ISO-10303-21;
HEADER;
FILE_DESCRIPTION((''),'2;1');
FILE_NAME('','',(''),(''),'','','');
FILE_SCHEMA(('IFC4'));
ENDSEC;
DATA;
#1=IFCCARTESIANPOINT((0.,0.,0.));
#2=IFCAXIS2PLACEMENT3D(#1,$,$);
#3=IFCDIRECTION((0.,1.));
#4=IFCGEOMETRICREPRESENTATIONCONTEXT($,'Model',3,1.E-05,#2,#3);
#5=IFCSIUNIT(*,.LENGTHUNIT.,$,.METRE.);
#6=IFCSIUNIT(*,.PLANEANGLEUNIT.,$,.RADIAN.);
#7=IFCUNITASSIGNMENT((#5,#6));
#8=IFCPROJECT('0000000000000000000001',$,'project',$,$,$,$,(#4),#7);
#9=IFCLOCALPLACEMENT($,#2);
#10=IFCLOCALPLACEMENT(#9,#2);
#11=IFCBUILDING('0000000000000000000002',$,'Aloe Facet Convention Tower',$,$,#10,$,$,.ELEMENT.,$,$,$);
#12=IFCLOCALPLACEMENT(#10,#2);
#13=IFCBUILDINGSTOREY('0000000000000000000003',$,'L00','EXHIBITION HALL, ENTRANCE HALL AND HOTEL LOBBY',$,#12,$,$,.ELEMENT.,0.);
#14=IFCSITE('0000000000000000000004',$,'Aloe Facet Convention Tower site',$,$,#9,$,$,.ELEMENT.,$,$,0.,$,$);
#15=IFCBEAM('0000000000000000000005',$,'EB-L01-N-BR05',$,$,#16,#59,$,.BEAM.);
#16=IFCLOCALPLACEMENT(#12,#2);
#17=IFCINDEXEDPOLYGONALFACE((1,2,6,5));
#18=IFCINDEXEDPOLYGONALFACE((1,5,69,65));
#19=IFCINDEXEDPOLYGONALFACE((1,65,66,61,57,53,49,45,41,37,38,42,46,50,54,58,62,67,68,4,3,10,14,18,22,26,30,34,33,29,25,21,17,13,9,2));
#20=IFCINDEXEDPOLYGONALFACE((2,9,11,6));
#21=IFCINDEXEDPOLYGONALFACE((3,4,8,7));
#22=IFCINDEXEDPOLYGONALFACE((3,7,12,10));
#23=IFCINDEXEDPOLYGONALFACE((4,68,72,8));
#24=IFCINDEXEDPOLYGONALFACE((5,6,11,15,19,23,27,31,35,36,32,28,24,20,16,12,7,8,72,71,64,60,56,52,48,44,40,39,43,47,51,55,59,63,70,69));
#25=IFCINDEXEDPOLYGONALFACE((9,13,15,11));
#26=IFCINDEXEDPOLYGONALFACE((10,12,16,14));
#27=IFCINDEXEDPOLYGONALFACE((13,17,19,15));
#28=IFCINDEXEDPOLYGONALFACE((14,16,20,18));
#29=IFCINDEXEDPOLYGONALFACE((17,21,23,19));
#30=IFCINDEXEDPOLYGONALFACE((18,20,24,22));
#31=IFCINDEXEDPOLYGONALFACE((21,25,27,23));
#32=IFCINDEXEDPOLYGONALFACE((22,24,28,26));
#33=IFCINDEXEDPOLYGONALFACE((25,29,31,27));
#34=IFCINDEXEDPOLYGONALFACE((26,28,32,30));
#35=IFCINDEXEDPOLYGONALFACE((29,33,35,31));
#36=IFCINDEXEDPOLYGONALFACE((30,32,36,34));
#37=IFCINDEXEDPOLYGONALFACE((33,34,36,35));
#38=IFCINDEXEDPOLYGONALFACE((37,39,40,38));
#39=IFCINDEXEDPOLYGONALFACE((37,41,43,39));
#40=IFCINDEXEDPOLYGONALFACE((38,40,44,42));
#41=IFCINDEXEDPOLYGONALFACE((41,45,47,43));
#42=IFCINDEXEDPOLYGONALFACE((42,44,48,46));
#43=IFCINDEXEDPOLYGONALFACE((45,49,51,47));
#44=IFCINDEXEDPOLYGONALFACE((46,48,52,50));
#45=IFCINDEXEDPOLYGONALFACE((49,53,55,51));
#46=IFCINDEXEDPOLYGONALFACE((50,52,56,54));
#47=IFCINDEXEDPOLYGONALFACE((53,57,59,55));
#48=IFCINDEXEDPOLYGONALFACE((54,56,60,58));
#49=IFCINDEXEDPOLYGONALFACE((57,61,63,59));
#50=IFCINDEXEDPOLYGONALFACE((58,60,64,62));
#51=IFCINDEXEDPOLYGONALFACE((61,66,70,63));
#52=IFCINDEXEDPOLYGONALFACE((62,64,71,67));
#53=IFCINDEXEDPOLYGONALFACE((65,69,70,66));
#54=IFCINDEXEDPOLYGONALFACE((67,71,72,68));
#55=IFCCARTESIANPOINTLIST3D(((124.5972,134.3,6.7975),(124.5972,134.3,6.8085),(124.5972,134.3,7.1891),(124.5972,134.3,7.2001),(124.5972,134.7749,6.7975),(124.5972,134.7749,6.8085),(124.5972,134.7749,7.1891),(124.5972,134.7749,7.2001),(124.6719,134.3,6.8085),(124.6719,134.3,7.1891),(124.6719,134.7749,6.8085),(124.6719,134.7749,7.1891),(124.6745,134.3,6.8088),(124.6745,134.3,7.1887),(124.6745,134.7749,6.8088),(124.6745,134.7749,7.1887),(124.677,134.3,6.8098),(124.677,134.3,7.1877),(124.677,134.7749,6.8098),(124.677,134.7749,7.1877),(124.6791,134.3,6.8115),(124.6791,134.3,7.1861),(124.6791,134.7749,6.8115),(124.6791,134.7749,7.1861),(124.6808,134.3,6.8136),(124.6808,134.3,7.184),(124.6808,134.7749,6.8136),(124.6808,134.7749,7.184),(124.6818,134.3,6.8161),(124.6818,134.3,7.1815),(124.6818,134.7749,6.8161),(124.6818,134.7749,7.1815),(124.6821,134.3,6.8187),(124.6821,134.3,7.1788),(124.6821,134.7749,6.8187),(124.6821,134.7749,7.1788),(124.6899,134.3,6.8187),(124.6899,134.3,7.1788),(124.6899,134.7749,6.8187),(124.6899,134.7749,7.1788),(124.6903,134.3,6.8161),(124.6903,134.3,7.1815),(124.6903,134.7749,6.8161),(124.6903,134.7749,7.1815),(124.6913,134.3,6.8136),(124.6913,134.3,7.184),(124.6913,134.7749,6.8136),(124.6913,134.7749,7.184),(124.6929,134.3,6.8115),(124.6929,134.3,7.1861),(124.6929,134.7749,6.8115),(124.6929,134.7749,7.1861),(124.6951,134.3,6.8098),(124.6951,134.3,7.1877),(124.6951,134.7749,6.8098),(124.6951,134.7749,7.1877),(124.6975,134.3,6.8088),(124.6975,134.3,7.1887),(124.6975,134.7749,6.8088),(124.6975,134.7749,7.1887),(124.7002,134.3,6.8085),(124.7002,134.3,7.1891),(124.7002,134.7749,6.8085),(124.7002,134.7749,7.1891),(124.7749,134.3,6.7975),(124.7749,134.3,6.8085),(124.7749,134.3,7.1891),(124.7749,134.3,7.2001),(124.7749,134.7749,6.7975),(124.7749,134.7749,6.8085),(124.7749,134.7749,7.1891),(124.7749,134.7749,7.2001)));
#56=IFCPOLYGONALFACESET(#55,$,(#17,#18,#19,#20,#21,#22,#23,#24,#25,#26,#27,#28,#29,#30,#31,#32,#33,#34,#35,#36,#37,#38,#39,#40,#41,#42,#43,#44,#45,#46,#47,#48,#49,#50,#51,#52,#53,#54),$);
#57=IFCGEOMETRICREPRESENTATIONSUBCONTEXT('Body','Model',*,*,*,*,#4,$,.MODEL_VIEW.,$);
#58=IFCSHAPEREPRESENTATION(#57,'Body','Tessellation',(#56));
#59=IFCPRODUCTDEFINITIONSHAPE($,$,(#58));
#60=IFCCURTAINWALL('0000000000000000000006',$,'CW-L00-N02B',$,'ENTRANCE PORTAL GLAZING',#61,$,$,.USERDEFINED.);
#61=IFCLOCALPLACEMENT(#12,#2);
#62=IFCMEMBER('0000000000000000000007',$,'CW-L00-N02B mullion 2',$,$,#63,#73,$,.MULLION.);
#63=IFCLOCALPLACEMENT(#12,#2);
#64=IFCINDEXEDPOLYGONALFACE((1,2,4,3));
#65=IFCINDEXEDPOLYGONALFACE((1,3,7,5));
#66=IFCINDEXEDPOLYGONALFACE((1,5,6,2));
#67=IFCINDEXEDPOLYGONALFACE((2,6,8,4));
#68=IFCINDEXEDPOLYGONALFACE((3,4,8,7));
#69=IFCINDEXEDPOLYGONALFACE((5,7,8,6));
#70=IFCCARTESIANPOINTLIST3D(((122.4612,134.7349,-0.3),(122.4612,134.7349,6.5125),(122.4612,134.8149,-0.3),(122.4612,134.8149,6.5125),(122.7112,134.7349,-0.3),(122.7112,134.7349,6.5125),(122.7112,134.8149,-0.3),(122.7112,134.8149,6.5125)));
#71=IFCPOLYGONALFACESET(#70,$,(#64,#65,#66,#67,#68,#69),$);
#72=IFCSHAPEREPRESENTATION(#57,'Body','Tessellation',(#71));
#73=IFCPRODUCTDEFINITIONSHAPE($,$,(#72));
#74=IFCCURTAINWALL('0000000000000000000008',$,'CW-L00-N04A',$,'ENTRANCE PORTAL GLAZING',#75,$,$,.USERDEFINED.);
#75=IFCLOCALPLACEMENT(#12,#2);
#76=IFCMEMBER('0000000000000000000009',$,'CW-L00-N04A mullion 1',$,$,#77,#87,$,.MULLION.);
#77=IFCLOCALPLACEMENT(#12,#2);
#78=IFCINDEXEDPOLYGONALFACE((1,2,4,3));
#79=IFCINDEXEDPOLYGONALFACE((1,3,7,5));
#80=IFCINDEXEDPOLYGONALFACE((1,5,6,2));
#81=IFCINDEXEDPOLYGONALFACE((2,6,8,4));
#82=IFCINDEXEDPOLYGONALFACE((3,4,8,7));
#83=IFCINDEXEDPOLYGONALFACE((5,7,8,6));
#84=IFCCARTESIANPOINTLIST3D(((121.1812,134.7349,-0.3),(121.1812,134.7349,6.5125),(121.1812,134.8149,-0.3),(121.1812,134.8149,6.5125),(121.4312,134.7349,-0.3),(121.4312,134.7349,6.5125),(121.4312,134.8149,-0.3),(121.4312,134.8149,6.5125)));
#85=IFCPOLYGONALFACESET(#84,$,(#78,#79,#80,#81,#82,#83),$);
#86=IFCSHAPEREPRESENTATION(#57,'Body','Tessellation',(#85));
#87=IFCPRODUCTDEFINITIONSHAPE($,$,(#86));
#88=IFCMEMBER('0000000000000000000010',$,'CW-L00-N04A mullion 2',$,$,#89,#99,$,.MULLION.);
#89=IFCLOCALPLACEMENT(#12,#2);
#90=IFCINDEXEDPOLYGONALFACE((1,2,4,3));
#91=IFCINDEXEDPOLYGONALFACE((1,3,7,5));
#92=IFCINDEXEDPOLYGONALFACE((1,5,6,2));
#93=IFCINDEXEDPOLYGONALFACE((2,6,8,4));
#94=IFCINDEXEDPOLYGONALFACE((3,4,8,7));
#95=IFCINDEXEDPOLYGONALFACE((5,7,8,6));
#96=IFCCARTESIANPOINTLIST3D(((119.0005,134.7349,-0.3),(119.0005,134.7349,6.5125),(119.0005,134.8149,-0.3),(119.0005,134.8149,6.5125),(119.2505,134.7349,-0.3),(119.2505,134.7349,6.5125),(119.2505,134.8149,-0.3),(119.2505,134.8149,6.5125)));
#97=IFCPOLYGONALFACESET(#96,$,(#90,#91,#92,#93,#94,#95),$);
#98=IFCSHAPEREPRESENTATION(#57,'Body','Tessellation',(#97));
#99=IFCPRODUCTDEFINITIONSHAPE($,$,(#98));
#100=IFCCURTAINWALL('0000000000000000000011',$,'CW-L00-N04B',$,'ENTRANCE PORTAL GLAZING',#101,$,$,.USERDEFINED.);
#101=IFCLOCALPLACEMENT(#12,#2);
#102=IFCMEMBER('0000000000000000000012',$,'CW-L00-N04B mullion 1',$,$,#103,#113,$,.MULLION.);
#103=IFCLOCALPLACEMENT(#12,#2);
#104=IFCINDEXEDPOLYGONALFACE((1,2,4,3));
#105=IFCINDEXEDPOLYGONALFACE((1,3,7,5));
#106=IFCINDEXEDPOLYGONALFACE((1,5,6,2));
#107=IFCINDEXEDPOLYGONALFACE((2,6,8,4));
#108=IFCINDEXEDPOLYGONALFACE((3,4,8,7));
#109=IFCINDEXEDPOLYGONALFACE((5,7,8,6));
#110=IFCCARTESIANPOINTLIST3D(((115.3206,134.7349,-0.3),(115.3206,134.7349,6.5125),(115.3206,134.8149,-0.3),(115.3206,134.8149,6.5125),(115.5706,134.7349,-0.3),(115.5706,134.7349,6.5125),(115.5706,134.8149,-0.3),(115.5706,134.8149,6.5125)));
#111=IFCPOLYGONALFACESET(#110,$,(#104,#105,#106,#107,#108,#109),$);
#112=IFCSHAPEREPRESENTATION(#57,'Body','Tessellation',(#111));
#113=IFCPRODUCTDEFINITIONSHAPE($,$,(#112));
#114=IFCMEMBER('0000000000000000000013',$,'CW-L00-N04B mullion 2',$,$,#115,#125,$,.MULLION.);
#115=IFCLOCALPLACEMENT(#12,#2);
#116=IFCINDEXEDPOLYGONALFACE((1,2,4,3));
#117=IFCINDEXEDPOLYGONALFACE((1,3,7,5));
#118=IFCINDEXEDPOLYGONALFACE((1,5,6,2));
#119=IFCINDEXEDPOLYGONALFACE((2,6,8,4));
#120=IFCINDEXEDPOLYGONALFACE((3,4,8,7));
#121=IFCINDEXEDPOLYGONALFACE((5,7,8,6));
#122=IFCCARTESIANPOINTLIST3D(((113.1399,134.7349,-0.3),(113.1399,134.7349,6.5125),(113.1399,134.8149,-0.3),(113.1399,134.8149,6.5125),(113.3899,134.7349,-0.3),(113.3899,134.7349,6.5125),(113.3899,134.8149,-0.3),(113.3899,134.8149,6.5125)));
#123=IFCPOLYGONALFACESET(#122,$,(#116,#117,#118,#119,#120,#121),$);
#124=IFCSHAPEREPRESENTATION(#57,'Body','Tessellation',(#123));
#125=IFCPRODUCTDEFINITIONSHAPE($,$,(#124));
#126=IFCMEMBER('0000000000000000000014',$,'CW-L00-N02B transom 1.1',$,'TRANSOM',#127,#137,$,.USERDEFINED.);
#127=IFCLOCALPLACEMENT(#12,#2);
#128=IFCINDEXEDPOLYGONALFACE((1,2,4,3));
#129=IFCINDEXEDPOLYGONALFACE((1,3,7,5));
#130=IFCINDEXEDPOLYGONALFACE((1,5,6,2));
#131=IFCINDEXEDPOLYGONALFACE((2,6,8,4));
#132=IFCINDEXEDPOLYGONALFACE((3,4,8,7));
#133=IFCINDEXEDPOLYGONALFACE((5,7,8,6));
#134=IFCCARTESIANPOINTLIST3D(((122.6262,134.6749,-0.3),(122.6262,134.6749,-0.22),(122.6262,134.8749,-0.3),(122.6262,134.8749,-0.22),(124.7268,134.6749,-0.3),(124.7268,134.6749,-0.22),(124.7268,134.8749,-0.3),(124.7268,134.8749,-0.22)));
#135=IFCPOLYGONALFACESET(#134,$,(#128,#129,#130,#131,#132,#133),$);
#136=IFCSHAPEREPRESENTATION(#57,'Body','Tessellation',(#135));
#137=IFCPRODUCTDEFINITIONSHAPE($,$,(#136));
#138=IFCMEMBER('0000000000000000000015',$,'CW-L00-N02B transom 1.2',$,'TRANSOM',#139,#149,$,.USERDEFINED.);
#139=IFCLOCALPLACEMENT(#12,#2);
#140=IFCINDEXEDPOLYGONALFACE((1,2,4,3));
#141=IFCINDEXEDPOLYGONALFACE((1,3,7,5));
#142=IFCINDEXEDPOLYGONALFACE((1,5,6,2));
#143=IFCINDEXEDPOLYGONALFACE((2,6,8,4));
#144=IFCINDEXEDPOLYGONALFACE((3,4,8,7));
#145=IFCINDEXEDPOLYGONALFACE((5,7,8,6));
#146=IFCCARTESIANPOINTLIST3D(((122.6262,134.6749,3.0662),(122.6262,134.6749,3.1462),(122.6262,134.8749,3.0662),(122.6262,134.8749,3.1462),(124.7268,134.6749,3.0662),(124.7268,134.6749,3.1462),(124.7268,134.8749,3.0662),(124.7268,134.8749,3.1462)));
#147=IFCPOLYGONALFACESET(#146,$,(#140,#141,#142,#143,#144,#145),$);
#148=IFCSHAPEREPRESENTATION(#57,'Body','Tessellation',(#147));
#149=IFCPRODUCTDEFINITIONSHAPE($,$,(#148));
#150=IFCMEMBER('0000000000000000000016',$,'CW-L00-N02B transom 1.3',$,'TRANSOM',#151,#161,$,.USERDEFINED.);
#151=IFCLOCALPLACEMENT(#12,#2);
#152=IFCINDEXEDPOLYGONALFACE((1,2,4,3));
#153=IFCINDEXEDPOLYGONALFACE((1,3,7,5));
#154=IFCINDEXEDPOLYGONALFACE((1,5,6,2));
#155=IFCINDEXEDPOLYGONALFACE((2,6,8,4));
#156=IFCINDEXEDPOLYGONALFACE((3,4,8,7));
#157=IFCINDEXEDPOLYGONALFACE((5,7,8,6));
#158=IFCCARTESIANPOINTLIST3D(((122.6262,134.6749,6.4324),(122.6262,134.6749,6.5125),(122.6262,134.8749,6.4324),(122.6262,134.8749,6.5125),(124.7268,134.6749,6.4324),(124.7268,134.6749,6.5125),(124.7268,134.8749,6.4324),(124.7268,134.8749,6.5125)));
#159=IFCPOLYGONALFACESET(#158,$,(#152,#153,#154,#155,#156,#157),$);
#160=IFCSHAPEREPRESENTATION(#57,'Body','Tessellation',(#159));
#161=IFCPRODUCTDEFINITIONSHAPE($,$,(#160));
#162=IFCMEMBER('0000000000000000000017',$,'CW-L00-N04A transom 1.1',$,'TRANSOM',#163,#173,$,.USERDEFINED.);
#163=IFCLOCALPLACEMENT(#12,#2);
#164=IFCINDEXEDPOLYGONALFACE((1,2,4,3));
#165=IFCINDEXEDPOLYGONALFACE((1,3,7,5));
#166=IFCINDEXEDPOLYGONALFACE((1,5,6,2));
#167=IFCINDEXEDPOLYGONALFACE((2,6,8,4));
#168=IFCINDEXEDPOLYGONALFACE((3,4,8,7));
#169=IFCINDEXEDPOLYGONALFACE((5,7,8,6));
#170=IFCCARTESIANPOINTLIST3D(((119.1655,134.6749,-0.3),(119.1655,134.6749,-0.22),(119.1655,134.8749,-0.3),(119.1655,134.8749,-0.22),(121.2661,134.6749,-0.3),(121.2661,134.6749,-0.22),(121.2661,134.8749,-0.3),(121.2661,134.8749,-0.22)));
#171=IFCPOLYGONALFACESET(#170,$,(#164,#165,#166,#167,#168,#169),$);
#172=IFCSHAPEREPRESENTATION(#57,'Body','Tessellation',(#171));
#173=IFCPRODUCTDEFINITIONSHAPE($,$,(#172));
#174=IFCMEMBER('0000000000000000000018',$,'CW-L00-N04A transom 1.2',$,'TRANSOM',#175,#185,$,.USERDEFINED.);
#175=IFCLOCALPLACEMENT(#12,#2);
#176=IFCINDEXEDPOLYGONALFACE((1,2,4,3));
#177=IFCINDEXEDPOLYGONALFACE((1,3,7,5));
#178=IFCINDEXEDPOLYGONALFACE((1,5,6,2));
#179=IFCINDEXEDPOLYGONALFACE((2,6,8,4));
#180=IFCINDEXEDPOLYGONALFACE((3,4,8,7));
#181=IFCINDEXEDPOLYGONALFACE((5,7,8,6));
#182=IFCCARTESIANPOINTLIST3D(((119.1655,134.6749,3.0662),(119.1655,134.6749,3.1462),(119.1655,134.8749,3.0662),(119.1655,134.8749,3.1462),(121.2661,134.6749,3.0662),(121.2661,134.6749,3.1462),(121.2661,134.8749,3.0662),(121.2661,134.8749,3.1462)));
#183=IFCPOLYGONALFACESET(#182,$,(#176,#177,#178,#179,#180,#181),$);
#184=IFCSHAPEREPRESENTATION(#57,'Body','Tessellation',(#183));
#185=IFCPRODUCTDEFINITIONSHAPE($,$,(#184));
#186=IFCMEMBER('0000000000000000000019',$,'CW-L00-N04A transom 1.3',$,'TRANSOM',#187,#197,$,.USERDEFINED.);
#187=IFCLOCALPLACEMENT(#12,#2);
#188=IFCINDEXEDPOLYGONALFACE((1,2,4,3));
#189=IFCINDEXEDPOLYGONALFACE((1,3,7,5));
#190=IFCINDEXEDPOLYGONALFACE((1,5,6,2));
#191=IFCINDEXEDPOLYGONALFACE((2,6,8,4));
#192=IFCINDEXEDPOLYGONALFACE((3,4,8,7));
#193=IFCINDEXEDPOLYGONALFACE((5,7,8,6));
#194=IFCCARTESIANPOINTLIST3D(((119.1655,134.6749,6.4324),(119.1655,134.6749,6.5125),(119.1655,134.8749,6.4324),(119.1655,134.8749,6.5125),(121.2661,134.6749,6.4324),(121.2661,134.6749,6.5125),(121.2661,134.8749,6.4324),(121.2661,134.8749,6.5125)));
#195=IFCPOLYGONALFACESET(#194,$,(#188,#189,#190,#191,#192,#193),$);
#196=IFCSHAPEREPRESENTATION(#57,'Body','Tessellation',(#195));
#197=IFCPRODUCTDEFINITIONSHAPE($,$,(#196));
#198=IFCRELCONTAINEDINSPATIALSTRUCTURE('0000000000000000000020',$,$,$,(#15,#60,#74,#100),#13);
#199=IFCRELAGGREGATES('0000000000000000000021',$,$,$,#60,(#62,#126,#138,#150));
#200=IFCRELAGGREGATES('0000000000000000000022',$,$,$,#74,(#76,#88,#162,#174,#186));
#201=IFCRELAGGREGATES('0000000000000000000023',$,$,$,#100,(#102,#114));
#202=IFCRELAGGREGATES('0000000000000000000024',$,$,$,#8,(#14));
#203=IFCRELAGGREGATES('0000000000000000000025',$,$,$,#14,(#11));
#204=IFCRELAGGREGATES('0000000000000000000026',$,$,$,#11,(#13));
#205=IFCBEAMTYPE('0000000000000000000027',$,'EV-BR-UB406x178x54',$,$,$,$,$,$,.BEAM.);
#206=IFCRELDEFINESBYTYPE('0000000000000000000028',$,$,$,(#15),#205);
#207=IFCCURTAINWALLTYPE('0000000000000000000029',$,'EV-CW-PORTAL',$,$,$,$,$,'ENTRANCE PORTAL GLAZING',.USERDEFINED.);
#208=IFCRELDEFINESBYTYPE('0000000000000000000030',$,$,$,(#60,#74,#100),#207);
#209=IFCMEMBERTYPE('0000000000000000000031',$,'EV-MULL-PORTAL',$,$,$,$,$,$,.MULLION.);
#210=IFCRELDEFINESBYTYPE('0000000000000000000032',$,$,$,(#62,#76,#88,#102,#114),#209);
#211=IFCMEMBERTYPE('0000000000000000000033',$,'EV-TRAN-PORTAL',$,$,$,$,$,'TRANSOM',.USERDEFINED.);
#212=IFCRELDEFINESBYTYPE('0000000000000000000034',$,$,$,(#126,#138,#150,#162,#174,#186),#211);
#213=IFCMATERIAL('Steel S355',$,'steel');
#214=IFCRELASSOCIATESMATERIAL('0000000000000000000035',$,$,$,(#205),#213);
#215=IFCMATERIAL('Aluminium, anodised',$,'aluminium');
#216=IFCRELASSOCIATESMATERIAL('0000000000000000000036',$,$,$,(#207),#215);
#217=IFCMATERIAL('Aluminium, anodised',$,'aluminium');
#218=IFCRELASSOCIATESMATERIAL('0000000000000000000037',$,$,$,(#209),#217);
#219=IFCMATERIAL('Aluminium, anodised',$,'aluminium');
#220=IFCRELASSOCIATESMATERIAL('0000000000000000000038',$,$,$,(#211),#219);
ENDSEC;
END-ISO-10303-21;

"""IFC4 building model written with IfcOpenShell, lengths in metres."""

from ifc_helpers import new_model, si_unit, direction, frame, origin, origin_2d, place, context, subcontext, project, spatial, rectangle, i_section, extrude, material, material_profile, profile_set, type_object, element, aggregate, save


model = new_model("IFC4")

# Units and contexts
model_context = context("Model", 3, precision=1e-05, world=origin(), true_north=direction((0.0, 1.0)))
body_context = subcontext(model_context, "Body", "Model", "MODEL_VIEW")
ifc_project = project(units=[si_unit("LENGTHUNIT", "METRE"), si_unit("PLANEANGLEUNIT", "RADIAN")], contexts=[model_context])

# Site, building, storey
site_placement = place(None, origin())
site = spatial("IfcSite", under=ifc_project, at=site_placement, Name="Aloe Facet Convention Tower site", CompositionType="ELEMENT", RefElevation=0.0)
building_placement = place(site_placement, origin())
building = spatial("IfcBuilding", under=site, at=building_placement, Name="Aloe Facet Convention Tower", CompositionType="ELEMENT")
storey_placement = place(building_placement, origin())
storey = spatial("IfcBuildingStorey", under=building, at=storey_placement, Name="L00", Description="EXHIBITION HALL, ENTRANCE HALL AND HOTEL LOBBY", CompositionType="ELEMENT", Elevation=0.0)

# Beam
ifc_material_1 = material(Name="Steel S355", Category="steel")
ifc_material_profile_1 = material_profile(ifc_material_1, i_section(OverallWidth=0.1777, OverallDepth=0.4026, WebThickness=0.0078, FlangeThickness=0.011, FilletRadius=0.0103, at=origin_2d()), Name="UB 406x178x54")
ifc_profile_set_1 = profile_set([ifc_material_profile_1], Name="Steel S355")
beam_type_1 = type_object("IfcBeamType", Name="EV-BR-UB406x178x54", PredefinedType="BEAM", material=ifc_profile_set_1)
for number, where, z_axis, x_axis, name in (
    (1, (124.686, 134.3, 6.9988), (0.0, 1.0, 0.0), (-1.0, 0.0, 0.0), "EB-L01-N-BR05"),
):
    element("IfcBeam", number, at=place(storey_placement, frame(where, z_axis=z_axis, x_axis=x_axis)), inside=storey, type_object=beam_type_1, Name=name, PredefinedType="BEAM", context=body_context, shape_type="SweptSolid", body=[
        extrude(i_section(OverallWidth=0.1777, OverallDepth=0.4026, WebThickness=0.0078, FlangeThickness=0.011, FilletRadius=0.0103, at=origin_2d()), origin(), (0.0, 0.0, 1.0), 0.4749),
    ])

# Curtain wall, member
ifc_material_2 = material(Name="Aluminium, anodised", Category="aluminium")
curtain_wall_type = type_object("IfcCurtainWallType", Name="EV-CW-PORTAL", ElementType="ENTRANCE PORTAL GLAZING", PredefinedType="USERDEFINED", material=ifc_material_2)
curtain_wall_1_placement = place(storey_placement, origin())
curtain_wall_1 = element("IfcCurtainWall", 2, at=curtain_wall_1_placement, inside=storey, type_object=curtain_wall_type, Name="CW-L00-N02B", ObjectType="ENTRANCE PORTAL GLAZING", PredefinedType="USERDEFINED")
ifc_material_3 = material(Name="Aluminium, anodised", Category="aluminium")
ifc_material_profile_2 = material_profile(ifc_material_3, rectangle(XDim=0.0801, YDim=0.25, at=origin_2d()), Name="AL 80x250")
ifc_profile_set_2 = profile_set([ifc_material_profile_2], Name="Aluminium, anodised")
member_type_1 = type_object("IfcMemberType", Name="EV-MULL-PORTAL", PredefinedType="MULLION", material=ifc_profile_set_2)
member_1_placement = place(storey_placement, frame((122.5862, 134.7749, -0.3), z_axis=(0.0, 0.0, 1.0), x_axis=(0.0, -1.0, 0.0)))
member_1 = element("IfcMember", 3, at=member_1_placement, type_object=member_type_1, Name="CW-L00-N02B mullion 2", PredefinedType="MULLION", context=body_context, shape_type="SweptSolid", body=[
    extrude(rectangle(XDim=0.0801, YDim=0.25, at=origin_2d()), origin(), (0.0, 0.0, 1.0), 6.8125),
])

# Curtain walls, members
curtain_wall_2_placement = place(storey_placement, origin())
curtain_wall_2 = element("IfcCurtainWall", 4, at=curtain_wall_2_placement, inside=storey, type_object=curtain_wall_type, Name="CW-L00-N04A", ObjectType="ENTRANCE PORTAL GLAZING", PredefinedType="USERDEFINED")
member_2_placement = place(storey_placement, frame((121.3062, 134.7749, -0.3), z_axis=(0.0, 0.0, 1.0), x_axis=(0.0, -1.0, 0.0)))
member_2 = element("IfcMember", 5, at=member_2_placement, type_object=member_type_1, Name="CW-L00-N04A mullion 1", PredefinedType="MULLION", context=body_context, shape_type="SweptSolid", body=[
    extrude(rectangle(XDim=0.0801, YDim=0.25, at=origin_2d()), origin(), (0.0, 0.0, 1.0), 6.8125),
])
member_3_placement = place(storey_placement, frame((119.1255, 134.7749, -0.3), z_axis=(0.0, 0.0, 1.0), x_axis=(0.0, -1.0, 0.0)))
member_3 = element("IfcMember", 6, at=member_3_placement, type_object=member_type_1, Name="CW-L00-N04A mullion 2", PredefinedType="MULLION", context=body_context, shape_type="SweptSolid", body=[
    extrude(rectangle(XDim=0.0801, YDim=0.25, at=origin_2d()), origin(), (0.0, 0.0, 1.0), 6.8125),
])
curtain_wall_3_placement = place(storey_placement, origin())
curtain_wall_3 = element("IfcCurtainWall", 7, at=curtain_wall_3_placement, inside=storey, type_object=curtain_wall_type, Name="CW-L00-N04B", ObjectType="ENTRANCE PORTAL GLAZING", PredefinedType="USERDEFINED")
member_4_placement = place(storey_placement, frame((115.4456, 134.7749, -0.3), z_axis=(0.0, 0.0, 1.0), x_axis=(0.0, -1.0, 0.0)))
member_4 = element("IfcMember", 8, at=member_4_placement, type_object=member_type_1, Name="CW-L00-N04B mullion 1", PredefinedType="MULLION", context=body_context, shape_type="SweptSolid", body=[
    extrude(rectangle(XDim=0.0801, YDim=0.25, at=origin_2d()), origin(), (0.0, 0.0, 1.0), 6.8125),
])
member_5_placement = place(storey_placement, frame((113.2649, 134.7749, -0.3), z_axis=(0.0, 0.0, 1.0), x_axis=(0.0, -1.0, 0.0)))
member_5 = element("IfcMember", 9, at=member_5_placement, type_object=member_type_1, Name="CW-L00-N04B mullion 2", PredefinedType="MULLION", context=body_context, shape_type="SweptSolid", body=[
    extrude(rectangle(XDim=0.0801, YDim=0.25, at=origin_2d()), origin(), (0.0, 0.0, 1.0), 6.8125),
])

# Members
ifc_material_4 = material(Name="Aluminium, anodised", Category="aluminium")
ifc_material_profile_3 = material_profile(ifc_material_4, rectangle(XDim=0.2, YDim=0.0801, at=origin_2d()), Name="AL 200x80")
ifc_profile_set_3 = profile_set([ifc_material_profile_3], Name="Aluminium, anodised")
member_type_2 = type_object("IfcMemberType", Name="EV-TRAN-PORTAL", ElementType="TRANSOM", PredefinedType="USERDEFINED", material=ifc_profile_set_3)
member_6_placement = place(storey_placement, frame((124.7268, 134.7749, -0.26), z_axis=(-1.0, 0.0, 0.0), x_axis=(0.0, -1.0, 0.0)))
member_6 = element("IfcMember", 10, at=member_6_placement, type_object=member_type_2, Name="CW-L00-N02B transom 1.1", ObjectType="TRANSOM", PredefinedType="USERDEFINED", context=body_context, shape_type="SweptSolid", body=[
    extrude(rectangle(XDim=0.2, YDim=0.0801, at=origin_2d()), origin(), (0.0, 0.0, 1.0), 2.1006),
])
member_7_placement = place(storey_placement, frame((124.7268, 134.7749, 3.1062), z_axis=(-1.0, 0.0, 0.0), x_axis=(0.0, -1.0, 0.0)))
member_7 = element("IfcMember", 11, at=member_7_placement, type_object=member_type_2, Name="CW-L00-N02B transom 1.2", ObjectType="TRANSOM", PredefinedType="USERDEFINED", context=body_context, shape_type="SweptSolid", body=[
    extrude(rectangle(XDim=0.2, YDim=0.0801, at=origin_2d()), origin(), (0.0, 0.0, 1.0), 2.1006),
])
member_8_placement = place(storey_placement, frame((124.7268, 134.7749, 6.4724), z_axis=(-1.0, 0.0, 0.0), x_axis=(0.0, -1.0, 0.0)))
member_8 = element("IfcMember", 12, at=member_8_placement, type_object=member_type_2, Name="CW-L00-N02B transom 1.3", ObjectType="TRANSOM", PredefinedType="USERDEFINED", context=body_context, shape_type="SweptSolid", body=[
    extrude(rectangle(XDim=0.2, YDim=0.0801, at=origin_2d()), origin(), (0.0, 0.0, 1.0), 2.1006),
])
member_9_placement = place(storey_placement, frame((121.2661, 134.7749, -0.26), z_axis=(-1.0, 0.0, 0.0), x_axis=(0.0, -1.0, 0.0)))
member_9 = element("IfcMember", 13, at=member_9_placement, type_object=member_type_2, Name="CW-L00-N04A transom 1.1", ObjectType="TRANSOM", PredefinedType="USERDEFINED", context=body_context, shape_type="SweptSolid", body=[
    extrude(rectangle(XDim=0.2, YDim=0.0801, at=origin_2d()), origin(), (0.0, 0.0, 1.0), 2.1006),
])
member_10_placement = place(storey_placement, frame((121.2661, 134.7749, 3.1062), z_axis=(-1.0, 0.0, 0.0), x_axis=(0.0, -1.0, 0.0)))
member_10 = element("IfcMember", 14, at=member_10_placement, type_object=member_type_2, Name="CW-L00-N04A transom 1.2", ObjectType="TRANSOM", PredefinedType="USERDEFINED", context=body_context, shape_type="SweptSolid", body=[
    extrude(rectangle(XDim=0.2, YDim=0.0801, at=origin_2d()), origin(), (0.0, 0.0, 1.0), 2.1006),
])
member_11_placement = place(storey_placement, frame((121.2661, 134.7749, 6.4724), z_axis=(-1.0, 0.0, 0.0), x_axis=(0.0, -1.0, 0.0)))
member_11 = element("IfcMember", 15, at=member_11_placement, type_object=member_type_2, Name="CW-L00-N04A transom 1.3", ObjectType="TRANSOM", PredefinedType="USERDEFINED", context=body_context, shape_type="SweptSolid", body=[
    extrude(rectangle(XDim=0.2, YDim=0.0801, at=origin_2d()), origin(), (0.0, 0.0, 1.0), 2.1006),
])

aggregate(curtain_wall_1, [member_1, member_6, member_7, member_8])
aggregate(curtain_wall_2, [member_2, member_3, member_9, member_10, member_11])
aggregate(curtain_wall_3, [member_4, member_5])

save(model, "model.ifc")
